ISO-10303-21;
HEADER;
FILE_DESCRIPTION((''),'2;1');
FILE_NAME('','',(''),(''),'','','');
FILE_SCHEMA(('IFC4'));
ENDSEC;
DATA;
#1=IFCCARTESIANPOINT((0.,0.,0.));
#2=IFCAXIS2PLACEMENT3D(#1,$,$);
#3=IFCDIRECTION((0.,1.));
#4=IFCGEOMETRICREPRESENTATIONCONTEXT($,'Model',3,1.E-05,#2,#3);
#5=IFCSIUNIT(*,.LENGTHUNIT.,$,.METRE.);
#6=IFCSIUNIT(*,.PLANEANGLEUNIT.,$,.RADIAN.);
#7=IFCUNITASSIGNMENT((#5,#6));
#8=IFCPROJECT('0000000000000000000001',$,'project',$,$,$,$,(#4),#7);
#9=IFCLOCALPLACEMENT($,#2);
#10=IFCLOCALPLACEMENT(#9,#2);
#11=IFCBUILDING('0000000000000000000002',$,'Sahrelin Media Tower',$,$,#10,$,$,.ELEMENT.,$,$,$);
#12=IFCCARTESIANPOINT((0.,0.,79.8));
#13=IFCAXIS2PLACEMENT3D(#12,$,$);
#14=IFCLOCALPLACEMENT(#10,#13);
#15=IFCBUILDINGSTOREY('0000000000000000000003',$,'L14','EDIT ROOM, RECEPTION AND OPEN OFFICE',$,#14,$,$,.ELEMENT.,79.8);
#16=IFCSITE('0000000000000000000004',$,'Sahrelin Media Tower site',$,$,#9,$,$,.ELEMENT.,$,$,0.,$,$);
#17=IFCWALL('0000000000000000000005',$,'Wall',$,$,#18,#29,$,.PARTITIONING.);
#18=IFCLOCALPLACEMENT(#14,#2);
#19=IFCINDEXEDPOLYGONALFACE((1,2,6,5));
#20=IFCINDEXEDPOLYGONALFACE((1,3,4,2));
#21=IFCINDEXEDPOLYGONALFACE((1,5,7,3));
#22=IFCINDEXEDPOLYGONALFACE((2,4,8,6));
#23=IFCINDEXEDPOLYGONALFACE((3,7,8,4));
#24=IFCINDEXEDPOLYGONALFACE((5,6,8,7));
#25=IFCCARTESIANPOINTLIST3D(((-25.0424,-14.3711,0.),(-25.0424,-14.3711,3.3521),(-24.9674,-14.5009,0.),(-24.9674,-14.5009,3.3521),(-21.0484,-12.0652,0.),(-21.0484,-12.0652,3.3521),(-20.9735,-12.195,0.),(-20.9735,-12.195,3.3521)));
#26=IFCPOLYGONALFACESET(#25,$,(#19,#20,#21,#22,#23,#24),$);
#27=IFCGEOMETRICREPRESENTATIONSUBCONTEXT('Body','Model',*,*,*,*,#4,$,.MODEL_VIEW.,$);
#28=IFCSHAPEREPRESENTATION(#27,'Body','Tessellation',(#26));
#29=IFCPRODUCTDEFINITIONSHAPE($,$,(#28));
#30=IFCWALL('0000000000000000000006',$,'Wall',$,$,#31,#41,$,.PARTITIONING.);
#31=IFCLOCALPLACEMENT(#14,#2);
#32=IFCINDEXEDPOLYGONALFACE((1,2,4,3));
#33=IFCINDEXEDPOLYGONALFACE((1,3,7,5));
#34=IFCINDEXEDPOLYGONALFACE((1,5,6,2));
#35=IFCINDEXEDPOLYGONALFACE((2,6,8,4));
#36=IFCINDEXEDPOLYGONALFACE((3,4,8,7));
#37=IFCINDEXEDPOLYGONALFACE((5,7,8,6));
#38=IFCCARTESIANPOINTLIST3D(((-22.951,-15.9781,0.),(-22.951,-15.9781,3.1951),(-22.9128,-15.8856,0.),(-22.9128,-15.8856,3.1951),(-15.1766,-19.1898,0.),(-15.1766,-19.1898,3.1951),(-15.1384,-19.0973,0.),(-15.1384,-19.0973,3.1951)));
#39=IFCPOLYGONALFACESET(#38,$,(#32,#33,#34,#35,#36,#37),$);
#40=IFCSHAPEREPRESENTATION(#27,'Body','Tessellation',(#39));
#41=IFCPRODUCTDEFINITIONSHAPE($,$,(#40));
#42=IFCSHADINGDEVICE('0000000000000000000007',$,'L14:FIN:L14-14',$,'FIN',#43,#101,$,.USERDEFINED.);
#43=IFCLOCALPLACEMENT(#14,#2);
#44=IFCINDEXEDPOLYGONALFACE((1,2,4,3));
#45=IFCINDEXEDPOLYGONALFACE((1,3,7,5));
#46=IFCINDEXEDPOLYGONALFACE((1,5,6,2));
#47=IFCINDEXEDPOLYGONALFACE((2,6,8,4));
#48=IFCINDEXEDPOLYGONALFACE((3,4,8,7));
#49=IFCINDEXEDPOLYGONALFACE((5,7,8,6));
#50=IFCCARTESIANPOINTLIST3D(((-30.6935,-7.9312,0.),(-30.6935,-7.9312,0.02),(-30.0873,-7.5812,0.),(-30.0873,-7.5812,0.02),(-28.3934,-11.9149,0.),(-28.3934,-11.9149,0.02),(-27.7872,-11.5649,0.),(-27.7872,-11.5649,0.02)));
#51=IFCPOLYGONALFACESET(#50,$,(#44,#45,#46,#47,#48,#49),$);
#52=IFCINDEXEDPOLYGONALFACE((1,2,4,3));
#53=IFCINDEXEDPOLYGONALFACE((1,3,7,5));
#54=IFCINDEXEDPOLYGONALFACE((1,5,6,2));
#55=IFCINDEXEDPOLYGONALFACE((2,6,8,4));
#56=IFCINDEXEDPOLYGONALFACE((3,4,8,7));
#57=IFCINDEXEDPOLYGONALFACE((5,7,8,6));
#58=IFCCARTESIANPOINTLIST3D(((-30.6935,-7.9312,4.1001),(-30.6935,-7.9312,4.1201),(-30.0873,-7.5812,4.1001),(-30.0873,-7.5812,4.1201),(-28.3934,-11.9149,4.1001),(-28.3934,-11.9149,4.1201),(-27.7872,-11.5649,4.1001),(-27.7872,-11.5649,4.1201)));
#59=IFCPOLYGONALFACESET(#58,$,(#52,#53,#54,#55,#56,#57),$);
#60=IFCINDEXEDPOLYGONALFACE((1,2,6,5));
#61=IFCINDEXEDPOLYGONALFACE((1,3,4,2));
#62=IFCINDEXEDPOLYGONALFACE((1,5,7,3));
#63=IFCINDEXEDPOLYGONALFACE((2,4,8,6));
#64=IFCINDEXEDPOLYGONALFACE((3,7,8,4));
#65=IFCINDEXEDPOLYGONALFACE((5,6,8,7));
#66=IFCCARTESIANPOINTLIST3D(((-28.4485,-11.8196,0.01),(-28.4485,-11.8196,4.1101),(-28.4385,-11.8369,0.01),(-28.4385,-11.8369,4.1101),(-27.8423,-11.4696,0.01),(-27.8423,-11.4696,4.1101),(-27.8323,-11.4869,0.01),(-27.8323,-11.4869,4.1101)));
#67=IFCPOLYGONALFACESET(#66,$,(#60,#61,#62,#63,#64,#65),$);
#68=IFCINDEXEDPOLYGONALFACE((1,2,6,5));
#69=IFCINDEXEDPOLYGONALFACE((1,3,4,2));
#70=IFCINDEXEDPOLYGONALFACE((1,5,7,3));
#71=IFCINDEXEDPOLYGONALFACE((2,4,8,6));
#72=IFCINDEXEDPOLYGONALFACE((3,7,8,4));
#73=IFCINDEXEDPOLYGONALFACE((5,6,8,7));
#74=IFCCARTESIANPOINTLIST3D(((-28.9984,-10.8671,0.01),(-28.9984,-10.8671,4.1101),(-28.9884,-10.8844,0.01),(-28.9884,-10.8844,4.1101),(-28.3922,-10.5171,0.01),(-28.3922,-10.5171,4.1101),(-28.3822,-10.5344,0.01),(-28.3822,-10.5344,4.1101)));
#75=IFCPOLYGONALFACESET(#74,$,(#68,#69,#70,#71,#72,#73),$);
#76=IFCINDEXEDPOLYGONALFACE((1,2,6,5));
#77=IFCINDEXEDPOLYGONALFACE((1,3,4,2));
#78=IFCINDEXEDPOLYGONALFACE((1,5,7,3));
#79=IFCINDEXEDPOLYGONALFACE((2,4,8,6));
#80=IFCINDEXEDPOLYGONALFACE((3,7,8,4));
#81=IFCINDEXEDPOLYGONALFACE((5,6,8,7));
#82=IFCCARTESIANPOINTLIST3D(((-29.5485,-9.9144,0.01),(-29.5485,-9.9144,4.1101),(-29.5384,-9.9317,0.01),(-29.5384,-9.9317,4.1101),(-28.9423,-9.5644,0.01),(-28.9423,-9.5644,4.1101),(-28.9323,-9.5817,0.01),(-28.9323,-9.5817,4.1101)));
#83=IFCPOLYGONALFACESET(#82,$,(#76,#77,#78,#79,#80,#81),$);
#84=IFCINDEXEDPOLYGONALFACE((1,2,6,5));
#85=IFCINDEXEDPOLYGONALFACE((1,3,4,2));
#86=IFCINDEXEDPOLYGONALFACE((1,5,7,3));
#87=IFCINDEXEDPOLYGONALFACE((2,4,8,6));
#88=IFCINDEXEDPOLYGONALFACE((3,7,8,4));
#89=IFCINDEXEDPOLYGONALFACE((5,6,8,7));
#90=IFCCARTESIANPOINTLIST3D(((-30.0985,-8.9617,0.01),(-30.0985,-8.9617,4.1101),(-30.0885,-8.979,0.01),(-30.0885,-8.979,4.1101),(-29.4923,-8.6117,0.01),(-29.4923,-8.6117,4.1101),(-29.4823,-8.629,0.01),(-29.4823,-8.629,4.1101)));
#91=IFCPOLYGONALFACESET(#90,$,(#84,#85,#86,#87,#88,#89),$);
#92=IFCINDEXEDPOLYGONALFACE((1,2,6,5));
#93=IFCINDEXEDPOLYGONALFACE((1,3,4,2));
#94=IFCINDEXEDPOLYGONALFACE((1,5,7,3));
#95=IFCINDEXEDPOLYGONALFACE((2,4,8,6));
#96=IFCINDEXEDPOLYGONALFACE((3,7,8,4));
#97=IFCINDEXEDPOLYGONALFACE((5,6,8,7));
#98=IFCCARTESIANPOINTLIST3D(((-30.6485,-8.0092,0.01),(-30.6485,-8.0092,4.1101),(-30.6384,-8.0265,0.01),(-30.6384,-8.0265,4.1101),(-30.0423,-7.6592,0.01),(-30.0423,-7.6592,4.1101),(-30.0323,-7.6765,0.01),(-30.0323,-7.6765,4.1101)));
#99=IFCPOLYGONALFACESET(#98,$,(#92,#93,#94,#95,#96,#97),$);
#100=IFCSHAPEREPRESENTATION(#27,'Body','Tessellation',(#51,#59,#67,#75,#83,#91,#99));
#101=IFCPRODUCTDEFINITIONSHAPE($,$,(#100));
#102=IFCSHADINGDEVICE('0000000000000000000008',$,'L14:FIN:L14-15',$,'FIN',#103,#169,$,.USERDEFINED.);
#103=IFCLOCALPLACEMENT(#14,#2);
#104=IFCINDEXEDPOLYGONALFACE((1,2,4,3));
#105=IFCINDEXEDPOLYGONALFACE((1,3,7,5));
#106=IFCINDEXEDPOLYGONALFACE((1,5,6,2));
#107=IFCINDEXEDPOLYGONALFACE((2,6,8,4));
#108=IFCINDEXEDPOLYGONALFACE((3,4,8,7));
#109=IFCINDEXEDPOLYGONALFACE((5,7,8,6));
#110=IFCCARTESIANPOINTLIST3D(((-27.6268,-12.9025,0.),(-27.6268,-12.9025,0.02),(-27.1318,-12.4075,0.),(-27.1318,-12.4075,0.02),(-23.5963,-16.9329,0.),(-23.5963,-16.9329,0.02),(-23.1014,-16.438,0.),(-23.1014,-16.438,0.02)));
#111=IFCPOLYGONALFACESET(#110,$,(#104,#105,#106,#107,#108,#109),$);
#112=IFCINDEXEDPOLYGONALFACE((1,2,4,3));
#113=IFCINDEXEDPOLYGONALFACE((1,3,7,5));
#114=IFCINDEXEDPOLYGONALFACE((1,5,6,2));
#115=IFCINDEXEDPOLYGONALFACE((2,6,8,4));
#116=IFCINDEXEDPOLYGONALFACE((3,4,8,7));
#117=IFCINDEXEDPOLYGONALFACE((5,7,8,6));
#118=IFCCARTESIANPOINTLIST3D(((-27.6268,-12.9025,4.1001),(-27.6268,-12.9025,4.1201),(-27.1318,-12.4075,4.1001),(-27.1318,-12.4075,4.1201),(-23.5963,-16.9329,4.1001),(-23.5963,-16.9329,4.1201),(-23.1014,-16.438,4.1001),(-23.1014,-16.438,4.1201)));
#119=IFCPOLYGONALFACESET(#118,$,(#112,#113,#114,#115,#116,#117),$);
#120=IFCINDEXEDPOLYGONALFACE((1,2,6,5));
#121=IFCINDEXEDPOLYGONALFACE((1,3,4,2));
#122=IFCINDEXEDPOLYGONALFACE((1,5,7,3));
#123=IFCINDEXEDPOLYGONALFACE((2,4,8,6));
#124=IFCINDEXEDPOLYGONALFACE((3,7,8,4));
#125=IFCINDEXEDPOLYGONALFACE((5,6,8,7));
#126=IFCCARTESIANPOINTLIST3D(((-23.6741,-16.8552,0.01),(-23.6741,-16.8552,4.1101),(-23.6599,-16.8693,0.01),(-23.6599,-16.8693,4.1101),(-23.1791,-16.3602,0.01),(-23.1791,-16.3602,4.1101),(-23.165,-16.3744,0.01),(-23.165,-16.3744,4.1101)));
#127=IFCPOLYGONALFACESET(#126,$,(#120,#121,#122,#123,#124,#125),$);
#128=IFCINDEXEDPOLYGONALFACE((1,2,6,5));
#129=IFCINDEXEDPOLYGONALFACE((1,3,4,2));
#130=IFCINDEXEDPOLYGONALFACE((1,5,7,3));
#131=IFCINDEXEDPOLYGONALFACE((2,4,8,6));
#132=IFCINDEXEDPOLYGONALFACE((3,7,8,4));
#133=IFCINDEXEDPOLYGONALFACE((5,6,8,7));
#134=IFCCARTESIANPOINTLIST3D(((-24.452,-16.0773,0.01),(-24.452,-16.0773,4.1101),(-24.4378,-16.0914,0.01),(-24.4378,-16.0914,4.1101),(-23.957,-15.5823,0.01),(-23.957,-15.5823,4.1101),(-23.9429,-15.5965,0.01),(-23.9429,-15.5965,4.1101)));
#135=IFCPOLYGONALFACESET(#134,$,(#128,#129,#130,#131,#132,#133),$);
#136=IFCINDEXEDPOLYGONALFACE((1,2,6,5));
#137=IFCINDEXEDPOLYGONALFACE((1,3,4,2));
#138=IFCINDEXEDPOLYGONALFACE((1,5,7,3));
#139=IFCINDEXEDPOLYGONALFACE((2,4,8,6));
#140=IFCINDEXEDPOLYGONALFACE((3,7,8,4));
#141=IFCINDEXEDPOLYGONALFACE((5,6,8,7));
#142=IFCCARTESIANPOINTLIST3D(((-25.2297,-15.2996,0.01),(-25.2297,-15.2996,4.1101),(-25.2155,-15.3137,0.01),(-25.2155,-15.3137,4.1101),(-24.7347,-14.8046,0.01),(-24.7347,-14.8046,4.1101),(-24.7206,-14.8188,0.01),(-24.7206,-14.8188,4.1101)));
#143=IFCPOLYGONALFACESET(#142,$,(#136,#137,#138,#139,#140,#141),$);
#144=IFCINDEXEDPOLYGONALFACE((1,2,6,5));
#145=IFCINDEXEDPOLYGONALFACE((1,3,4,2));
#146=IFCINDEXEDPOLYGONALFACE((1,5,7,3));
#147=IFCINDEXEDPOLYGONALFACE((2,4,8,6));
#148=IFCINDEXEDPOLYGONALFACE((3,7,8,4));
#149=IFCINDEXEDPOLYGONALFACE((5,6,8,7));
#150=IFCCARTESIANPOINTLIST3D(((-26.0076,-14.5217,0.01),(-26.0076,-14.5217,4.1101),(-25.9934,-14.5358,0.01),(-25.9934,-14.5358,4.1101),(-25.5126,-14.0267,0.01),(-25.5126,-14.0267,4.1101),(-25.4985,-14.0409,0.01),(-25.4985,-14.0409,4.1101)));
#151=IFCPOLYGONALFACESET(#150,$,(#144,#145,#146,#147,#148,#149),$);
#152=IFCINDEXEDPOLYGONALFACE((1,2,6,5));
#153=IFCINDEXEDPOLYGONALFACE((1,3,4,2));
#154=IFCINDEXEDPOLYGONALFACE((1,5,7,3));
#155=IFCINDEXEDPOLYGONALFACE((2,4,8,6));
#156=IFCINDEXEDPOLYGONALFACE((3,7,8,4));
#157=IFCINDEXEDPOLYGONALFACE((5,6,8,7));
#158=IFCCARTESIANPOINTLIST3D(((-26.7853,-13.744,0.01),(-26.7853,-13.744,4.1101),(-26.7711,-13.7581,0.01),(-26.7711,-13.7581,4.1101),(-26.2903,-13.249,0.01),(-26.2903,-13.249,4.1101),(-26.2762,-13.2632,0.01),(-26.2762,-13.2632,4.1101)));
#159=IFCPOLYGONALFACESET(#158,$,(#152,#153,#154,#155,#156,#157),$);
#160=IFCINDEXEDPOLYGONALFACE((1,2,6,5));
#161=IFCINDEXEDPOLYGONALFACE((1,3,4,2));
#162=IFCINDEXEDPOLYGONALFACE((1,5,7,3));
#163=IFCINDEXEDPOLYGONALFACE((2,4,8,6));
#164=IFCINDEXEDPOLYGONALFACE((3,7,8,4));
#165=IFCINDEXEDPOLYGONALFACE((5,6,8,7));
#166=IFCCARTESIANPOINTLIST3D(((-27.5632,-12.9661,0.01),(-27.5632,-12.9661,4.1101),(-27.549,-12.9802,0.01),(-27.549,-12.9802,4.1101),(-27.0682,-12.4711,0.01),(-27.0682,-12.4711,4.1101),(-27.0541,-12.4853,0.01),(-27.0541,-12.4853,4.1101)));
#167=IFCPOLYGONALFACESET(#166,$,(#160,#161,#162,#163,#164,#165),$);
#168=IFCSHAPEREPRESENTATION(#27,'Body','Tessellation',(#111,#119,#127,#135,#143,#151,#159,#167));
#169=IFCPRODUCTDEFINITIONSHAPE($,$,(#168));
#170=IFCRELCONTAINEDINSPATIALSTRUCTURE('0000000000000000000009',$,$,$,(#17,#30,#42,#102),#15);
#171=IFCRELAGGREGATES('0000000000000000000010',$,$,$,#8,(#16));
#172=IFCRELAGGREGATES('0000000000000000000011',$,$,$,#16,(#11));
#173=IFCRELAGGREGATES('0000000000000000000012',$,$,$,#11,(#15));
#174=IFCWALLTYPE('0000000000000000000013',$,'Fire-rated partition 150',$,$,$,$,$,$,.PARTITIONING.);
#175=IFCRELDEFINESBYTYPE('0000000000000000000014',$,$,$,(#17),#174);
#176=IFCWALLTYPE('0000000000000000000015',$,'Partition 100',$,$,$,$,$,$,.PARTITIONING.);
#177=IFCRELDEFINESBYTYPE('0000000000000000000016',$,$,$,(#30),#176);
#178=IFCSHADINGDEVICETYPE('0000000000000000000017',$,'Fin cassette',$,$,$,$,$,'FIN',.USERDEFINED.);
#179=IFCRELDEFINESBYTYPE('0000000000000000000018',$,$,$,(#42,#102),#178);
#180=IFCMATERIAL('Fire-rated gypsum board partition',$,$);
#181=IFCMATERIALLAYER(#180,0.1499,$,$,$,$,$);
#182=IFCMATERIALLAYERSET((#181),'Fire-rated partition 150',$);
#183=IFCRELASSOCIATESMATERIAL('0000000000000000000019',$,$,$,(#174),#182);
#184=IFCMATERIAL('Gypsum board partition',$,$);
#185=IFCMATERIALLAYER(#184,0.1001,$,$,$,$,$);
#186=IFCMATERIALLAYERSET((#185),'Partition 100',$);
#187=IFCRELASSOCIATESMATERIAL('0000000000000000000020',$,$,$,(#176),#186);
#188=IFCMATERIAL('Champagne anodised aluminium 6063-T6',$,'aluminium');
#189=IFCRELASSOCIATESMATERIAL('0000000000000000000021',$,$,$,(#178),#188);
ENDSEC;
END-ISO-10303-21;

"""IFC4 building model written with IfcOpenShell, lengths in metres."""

from ifc_helpers import new_model, si_unit, direction, frame, frame_2d, origin, origin_2d, place, context, subcontext, project, spatial, rectangle, extrude, material, layer, layer_set, type_object, element, save


model = new_model("IFC4")

# Units and contexts
model_context = context("Model", 3, precision=1e-05, world=origin(), true_north=direction((0.0, 1.0)))
body_context = subcontext(model_context, "Body", "Model", "MODEL_VIEW")
ifc_project = project(units=[si_unit("LENGTHUNIT", "METRE"), si_unit("PLANEANGLEUNIT", "RADIAN")], contexts=[model_context])

# Site, building, storey
site_placement = place(None, origin())
site = spatial("IfcSite", under=ifc_project, at=site_placement, Name="Sahrelin Media Tower site", CompositionType="ELEMENT", RefElevation=0.0)
building_placement = place(site_placement, origin())
building = spatial("IfcBuilding", under=site, at=building_placement, Name="Sahrelin Media Tower", CompositionType="ELEMENT")
storey_placement = place(building_placement, frame((0.0, 0.0, 79.8)))
storey = spatial("IfcBuildingStorey", under=building, at=storey_placement, Name="L14", Description="EDIT ROOM, RECEPTION AND OPEN OFFICE", CompositionType="ELEMENT", Elevation=79.8)

# Shared definitions
ifc_material_1 = material(Name="Champagne anodised aluminium 6063-T6", Category="aluminium")

# Shared definitions
ifc_material_2 = material(Name="Fire-rated gypsum board partition")
ifc_layer_1 = layer(ifc_material_2, 0.1499)
ifc_layer_set_1 = layer_set([ifc_layer_1], Name="Fire-rated partition 150")
wall_type_1 = type_object("IfcWallType", Name="Fire-rated partition 150", PredefinedType="PARTITIONING", material=ifc_layer_set_1)

# Walls
wall_1_placement = place(storey_placement, frame((-25.0049, -14.436, 0.0), z_axis=(0.0, 0.0, 1.0), x_axis=(0.866022, 0.500005, 0.0)))
element("IfcWall", 1, at=wall_1_placement, inside=storey, type_object=wall_type_1, Name="Wall", PredefinedType="PARTITIONING", context=body_context, shape_type="SweptSolid", body=[
    extrude(rectangle(XDim=4.6118, YDim=0.1499, at=frame_2d((2.3059, 0.0))), origin(), (0.0, 0.0, 1.0), 3.3521),
])
ifc_material_3 = material(Name="Gypsum board partition")
ifc_layer_2 = layer(ifc_material_3, 0.1001)
ifc_layer_set_2 = layer_set([ifc_layer_2], Name="Partition 100")
wall_type_2 = type_object("IfcWallType", Name="Partition 100", PredefinedType="PARTITIONING", material=ifc_layer_set_2)
wall_2_placement = place(storey_placement, frame((-22.9319, -15.9319, 0.0), z_axis=(0.0, 0.0, 1.0), x_axis=(0.92424, -0.381811, 0.0)))
element("IfcWall", 2, at=wall_2_placement, inside=storey, type_object=wall_type_2, Name="Wall", PredefinedType="PARTITIONING", context=body_context, shape_type="SweptSolid", body=[
    extrude(rectangle(XDim=8.4116, YDim=0.1001, at=frame_2d((4.2058, 0.0))), origin(), (0.0, 0.0, 1.0), 3.1951),
])

# Shading devices
shading_device_type_1 = type_object("IfcShadingDeviceType", Name="Fin cassette", ElementType="FIN", PredefinedType="USERDEFINED", material=ifc_material_1)
placement_1 = place(storey_placement, frame((-28.8767, -9.5381, 0.0), z_axis=(0.0, 0.0, 1.0), x_axis=(-0.500011, 0.866019, 0.0)))
element("IfcShadingDevice", 3, at=placement_1, inside=storey, type_object=shading_device_type_1, Name="L14:FIN:L14-14", ObjectType="FIN", PredefinedType="USERDEFINED", context=body_context, shape_type="SweptSolid", body=[
    extrude(rectangle(XDim=4.6001, YDim=0.7, at=origin_2d()), frame((0.0, 0.4199, 0.0)), (0.0, 0.0, 1.0), 0.02),
    extrude(rectangle(XDim=4.6001, YDim=0.7, at=origin_2d()), frame((0.0, 0.4199, 4.1001)), (0.0, 0.0, 1.0), 0.02),
    extrude(rectangle(XDim=0.02, YDim=0.7, at=origin_2d()), frame((-2.2, 0.4199, 0.01), z_axis=(0.0, 0.0, 1.0), x_axis=(1.0, 0.0, 0.0)), (0.0, 0.0, 1.0), 4.1001),
    extrude(rectangle(XDim=0.02, YDim=0.7, at=origin_2d()), frame((-1.1001, 0.4199, 0.01), z_axis=(0.0, 0.0, 1.0), x_axis=(1.0, 0.0, 0.0)), (0.0, 0.0, 1.0), 4.1001),
    extrude(rectangle(XDim=0.02, YDim=0.7, at=origin_2d()), frame((0.0, 0.4199, 0.01), z_axis=(0.0, 0.0, 1.0), x_axis=(1.0, 0.0, 0.0)), (0.0, 0.0, 1.0), 4.1001),
    extrude(rectangle(XDim=0.02, YDim=0.7, at=origin_2d()), frame((1.1001, 0.4199, 0.01), z_axis=(0.0, 0.0, 1.0), x_axis=(1.0, 0.0, 0.0)), (0.0, 0.0, 1.0), 4.1001),
    extrude(rectangle(XDim=0.02, YDim=0.7, at=origin_2d()), frame((2.2, 0.4199, 0.01), z_axis=(0.0, 0.0, 1.0), x_axis=(1.0, 0.0, 0.0)), (0.0, 0.0, 1.0), 4.1001),
])
placement_2 = place(storey_placement, frame((-25.0671, -14.3733, 0.0), z_axis=(0.0, 0.0, 1.0), x_axis=(-0.707107, 0.707107, 0.0)))
element("IfcShadingDevice", 4, at=placement_2, inside=storey, type_object=shading_device_type_1, Name="L14:FIN:L14-15", ObjectType="FIN", PredefinedType="USERDEFINED", context=body_context, shape_type="SweptSolid", body=[
    extrude(rectangle(XDim=5.7, YDim=0.7, at=origin_2d()), frame((0.0, 0.4199, 0.0)), (0.0, 0.0, 1.0), 0.02),
    extrude(rectangle(XDim=5.7, YDim=0.7, at=origin_2d()), frame((0.0, 0.4199, 4.1001)), (0.0, 0.0, 1.0), 0.02),
    extrude(rectangle(XDim=0.02, YDim=0.7, at=origin_2d()), frame((-2.75, 0.4199, 0.01), z_axis=(0.0, 0.0, 1.0), x_axis=(1.0, 0.0, 0.0)), (0.0, 0.0, 1.0), 4.1001),
    extrude(rectangle(XDim=0.02, YDim=0.7, at=origin_2d()), frame((-1.6499, 0.4199, 0.01), z_axis=(0.0, 0.0, 1.0), x_axis=(1.0, 0.0, 0.0)), (0.0, 0.0, 1.0), 4.1001),
    extrude(rectangle(XDim=0.02, YDim=0.7, at=origin_2d()), frame((-0.55, 0.4199, 0.01), z_axis=(0.0, 0.0, 1.0), x_axis=(1.0, 0.0, 0.0)), (0.0, 0.0, 1.0), 4.1001),
    extrude(rectangle(XDim=0.02, YDim=0.7, at=origin_2d()), frame((0.55, 0.4199, 0.01), z_axis=(0.0, 0.0, 1.0), x_axis=(1.0, 0.0, 0.0)), (0.0, 0.0, 1.0), 4.1001),
    extrude(rectangle(XDim=0.02, YDim=0.7, at=origin_2d()), frame((1.6499, 0.4199, 0.01), z_axis=(0.0, 0.0, 1.0), x_axis=(1.0, 0.0, 0.0)), (0.0, 0.0, 1.0), 4.1001),
    extrude(rectangle(XDim=0.02, YDim=0.7, at=origin_2d()), frame((2.75, 0.4199, 0.01), z_axis=(0.0, 0.0, 1.0), x_axis=(1.0, 0.0, 0.0)), (0.0, 0.0, 1.0), 4.1001),
])

save(model, "model.ifc")
